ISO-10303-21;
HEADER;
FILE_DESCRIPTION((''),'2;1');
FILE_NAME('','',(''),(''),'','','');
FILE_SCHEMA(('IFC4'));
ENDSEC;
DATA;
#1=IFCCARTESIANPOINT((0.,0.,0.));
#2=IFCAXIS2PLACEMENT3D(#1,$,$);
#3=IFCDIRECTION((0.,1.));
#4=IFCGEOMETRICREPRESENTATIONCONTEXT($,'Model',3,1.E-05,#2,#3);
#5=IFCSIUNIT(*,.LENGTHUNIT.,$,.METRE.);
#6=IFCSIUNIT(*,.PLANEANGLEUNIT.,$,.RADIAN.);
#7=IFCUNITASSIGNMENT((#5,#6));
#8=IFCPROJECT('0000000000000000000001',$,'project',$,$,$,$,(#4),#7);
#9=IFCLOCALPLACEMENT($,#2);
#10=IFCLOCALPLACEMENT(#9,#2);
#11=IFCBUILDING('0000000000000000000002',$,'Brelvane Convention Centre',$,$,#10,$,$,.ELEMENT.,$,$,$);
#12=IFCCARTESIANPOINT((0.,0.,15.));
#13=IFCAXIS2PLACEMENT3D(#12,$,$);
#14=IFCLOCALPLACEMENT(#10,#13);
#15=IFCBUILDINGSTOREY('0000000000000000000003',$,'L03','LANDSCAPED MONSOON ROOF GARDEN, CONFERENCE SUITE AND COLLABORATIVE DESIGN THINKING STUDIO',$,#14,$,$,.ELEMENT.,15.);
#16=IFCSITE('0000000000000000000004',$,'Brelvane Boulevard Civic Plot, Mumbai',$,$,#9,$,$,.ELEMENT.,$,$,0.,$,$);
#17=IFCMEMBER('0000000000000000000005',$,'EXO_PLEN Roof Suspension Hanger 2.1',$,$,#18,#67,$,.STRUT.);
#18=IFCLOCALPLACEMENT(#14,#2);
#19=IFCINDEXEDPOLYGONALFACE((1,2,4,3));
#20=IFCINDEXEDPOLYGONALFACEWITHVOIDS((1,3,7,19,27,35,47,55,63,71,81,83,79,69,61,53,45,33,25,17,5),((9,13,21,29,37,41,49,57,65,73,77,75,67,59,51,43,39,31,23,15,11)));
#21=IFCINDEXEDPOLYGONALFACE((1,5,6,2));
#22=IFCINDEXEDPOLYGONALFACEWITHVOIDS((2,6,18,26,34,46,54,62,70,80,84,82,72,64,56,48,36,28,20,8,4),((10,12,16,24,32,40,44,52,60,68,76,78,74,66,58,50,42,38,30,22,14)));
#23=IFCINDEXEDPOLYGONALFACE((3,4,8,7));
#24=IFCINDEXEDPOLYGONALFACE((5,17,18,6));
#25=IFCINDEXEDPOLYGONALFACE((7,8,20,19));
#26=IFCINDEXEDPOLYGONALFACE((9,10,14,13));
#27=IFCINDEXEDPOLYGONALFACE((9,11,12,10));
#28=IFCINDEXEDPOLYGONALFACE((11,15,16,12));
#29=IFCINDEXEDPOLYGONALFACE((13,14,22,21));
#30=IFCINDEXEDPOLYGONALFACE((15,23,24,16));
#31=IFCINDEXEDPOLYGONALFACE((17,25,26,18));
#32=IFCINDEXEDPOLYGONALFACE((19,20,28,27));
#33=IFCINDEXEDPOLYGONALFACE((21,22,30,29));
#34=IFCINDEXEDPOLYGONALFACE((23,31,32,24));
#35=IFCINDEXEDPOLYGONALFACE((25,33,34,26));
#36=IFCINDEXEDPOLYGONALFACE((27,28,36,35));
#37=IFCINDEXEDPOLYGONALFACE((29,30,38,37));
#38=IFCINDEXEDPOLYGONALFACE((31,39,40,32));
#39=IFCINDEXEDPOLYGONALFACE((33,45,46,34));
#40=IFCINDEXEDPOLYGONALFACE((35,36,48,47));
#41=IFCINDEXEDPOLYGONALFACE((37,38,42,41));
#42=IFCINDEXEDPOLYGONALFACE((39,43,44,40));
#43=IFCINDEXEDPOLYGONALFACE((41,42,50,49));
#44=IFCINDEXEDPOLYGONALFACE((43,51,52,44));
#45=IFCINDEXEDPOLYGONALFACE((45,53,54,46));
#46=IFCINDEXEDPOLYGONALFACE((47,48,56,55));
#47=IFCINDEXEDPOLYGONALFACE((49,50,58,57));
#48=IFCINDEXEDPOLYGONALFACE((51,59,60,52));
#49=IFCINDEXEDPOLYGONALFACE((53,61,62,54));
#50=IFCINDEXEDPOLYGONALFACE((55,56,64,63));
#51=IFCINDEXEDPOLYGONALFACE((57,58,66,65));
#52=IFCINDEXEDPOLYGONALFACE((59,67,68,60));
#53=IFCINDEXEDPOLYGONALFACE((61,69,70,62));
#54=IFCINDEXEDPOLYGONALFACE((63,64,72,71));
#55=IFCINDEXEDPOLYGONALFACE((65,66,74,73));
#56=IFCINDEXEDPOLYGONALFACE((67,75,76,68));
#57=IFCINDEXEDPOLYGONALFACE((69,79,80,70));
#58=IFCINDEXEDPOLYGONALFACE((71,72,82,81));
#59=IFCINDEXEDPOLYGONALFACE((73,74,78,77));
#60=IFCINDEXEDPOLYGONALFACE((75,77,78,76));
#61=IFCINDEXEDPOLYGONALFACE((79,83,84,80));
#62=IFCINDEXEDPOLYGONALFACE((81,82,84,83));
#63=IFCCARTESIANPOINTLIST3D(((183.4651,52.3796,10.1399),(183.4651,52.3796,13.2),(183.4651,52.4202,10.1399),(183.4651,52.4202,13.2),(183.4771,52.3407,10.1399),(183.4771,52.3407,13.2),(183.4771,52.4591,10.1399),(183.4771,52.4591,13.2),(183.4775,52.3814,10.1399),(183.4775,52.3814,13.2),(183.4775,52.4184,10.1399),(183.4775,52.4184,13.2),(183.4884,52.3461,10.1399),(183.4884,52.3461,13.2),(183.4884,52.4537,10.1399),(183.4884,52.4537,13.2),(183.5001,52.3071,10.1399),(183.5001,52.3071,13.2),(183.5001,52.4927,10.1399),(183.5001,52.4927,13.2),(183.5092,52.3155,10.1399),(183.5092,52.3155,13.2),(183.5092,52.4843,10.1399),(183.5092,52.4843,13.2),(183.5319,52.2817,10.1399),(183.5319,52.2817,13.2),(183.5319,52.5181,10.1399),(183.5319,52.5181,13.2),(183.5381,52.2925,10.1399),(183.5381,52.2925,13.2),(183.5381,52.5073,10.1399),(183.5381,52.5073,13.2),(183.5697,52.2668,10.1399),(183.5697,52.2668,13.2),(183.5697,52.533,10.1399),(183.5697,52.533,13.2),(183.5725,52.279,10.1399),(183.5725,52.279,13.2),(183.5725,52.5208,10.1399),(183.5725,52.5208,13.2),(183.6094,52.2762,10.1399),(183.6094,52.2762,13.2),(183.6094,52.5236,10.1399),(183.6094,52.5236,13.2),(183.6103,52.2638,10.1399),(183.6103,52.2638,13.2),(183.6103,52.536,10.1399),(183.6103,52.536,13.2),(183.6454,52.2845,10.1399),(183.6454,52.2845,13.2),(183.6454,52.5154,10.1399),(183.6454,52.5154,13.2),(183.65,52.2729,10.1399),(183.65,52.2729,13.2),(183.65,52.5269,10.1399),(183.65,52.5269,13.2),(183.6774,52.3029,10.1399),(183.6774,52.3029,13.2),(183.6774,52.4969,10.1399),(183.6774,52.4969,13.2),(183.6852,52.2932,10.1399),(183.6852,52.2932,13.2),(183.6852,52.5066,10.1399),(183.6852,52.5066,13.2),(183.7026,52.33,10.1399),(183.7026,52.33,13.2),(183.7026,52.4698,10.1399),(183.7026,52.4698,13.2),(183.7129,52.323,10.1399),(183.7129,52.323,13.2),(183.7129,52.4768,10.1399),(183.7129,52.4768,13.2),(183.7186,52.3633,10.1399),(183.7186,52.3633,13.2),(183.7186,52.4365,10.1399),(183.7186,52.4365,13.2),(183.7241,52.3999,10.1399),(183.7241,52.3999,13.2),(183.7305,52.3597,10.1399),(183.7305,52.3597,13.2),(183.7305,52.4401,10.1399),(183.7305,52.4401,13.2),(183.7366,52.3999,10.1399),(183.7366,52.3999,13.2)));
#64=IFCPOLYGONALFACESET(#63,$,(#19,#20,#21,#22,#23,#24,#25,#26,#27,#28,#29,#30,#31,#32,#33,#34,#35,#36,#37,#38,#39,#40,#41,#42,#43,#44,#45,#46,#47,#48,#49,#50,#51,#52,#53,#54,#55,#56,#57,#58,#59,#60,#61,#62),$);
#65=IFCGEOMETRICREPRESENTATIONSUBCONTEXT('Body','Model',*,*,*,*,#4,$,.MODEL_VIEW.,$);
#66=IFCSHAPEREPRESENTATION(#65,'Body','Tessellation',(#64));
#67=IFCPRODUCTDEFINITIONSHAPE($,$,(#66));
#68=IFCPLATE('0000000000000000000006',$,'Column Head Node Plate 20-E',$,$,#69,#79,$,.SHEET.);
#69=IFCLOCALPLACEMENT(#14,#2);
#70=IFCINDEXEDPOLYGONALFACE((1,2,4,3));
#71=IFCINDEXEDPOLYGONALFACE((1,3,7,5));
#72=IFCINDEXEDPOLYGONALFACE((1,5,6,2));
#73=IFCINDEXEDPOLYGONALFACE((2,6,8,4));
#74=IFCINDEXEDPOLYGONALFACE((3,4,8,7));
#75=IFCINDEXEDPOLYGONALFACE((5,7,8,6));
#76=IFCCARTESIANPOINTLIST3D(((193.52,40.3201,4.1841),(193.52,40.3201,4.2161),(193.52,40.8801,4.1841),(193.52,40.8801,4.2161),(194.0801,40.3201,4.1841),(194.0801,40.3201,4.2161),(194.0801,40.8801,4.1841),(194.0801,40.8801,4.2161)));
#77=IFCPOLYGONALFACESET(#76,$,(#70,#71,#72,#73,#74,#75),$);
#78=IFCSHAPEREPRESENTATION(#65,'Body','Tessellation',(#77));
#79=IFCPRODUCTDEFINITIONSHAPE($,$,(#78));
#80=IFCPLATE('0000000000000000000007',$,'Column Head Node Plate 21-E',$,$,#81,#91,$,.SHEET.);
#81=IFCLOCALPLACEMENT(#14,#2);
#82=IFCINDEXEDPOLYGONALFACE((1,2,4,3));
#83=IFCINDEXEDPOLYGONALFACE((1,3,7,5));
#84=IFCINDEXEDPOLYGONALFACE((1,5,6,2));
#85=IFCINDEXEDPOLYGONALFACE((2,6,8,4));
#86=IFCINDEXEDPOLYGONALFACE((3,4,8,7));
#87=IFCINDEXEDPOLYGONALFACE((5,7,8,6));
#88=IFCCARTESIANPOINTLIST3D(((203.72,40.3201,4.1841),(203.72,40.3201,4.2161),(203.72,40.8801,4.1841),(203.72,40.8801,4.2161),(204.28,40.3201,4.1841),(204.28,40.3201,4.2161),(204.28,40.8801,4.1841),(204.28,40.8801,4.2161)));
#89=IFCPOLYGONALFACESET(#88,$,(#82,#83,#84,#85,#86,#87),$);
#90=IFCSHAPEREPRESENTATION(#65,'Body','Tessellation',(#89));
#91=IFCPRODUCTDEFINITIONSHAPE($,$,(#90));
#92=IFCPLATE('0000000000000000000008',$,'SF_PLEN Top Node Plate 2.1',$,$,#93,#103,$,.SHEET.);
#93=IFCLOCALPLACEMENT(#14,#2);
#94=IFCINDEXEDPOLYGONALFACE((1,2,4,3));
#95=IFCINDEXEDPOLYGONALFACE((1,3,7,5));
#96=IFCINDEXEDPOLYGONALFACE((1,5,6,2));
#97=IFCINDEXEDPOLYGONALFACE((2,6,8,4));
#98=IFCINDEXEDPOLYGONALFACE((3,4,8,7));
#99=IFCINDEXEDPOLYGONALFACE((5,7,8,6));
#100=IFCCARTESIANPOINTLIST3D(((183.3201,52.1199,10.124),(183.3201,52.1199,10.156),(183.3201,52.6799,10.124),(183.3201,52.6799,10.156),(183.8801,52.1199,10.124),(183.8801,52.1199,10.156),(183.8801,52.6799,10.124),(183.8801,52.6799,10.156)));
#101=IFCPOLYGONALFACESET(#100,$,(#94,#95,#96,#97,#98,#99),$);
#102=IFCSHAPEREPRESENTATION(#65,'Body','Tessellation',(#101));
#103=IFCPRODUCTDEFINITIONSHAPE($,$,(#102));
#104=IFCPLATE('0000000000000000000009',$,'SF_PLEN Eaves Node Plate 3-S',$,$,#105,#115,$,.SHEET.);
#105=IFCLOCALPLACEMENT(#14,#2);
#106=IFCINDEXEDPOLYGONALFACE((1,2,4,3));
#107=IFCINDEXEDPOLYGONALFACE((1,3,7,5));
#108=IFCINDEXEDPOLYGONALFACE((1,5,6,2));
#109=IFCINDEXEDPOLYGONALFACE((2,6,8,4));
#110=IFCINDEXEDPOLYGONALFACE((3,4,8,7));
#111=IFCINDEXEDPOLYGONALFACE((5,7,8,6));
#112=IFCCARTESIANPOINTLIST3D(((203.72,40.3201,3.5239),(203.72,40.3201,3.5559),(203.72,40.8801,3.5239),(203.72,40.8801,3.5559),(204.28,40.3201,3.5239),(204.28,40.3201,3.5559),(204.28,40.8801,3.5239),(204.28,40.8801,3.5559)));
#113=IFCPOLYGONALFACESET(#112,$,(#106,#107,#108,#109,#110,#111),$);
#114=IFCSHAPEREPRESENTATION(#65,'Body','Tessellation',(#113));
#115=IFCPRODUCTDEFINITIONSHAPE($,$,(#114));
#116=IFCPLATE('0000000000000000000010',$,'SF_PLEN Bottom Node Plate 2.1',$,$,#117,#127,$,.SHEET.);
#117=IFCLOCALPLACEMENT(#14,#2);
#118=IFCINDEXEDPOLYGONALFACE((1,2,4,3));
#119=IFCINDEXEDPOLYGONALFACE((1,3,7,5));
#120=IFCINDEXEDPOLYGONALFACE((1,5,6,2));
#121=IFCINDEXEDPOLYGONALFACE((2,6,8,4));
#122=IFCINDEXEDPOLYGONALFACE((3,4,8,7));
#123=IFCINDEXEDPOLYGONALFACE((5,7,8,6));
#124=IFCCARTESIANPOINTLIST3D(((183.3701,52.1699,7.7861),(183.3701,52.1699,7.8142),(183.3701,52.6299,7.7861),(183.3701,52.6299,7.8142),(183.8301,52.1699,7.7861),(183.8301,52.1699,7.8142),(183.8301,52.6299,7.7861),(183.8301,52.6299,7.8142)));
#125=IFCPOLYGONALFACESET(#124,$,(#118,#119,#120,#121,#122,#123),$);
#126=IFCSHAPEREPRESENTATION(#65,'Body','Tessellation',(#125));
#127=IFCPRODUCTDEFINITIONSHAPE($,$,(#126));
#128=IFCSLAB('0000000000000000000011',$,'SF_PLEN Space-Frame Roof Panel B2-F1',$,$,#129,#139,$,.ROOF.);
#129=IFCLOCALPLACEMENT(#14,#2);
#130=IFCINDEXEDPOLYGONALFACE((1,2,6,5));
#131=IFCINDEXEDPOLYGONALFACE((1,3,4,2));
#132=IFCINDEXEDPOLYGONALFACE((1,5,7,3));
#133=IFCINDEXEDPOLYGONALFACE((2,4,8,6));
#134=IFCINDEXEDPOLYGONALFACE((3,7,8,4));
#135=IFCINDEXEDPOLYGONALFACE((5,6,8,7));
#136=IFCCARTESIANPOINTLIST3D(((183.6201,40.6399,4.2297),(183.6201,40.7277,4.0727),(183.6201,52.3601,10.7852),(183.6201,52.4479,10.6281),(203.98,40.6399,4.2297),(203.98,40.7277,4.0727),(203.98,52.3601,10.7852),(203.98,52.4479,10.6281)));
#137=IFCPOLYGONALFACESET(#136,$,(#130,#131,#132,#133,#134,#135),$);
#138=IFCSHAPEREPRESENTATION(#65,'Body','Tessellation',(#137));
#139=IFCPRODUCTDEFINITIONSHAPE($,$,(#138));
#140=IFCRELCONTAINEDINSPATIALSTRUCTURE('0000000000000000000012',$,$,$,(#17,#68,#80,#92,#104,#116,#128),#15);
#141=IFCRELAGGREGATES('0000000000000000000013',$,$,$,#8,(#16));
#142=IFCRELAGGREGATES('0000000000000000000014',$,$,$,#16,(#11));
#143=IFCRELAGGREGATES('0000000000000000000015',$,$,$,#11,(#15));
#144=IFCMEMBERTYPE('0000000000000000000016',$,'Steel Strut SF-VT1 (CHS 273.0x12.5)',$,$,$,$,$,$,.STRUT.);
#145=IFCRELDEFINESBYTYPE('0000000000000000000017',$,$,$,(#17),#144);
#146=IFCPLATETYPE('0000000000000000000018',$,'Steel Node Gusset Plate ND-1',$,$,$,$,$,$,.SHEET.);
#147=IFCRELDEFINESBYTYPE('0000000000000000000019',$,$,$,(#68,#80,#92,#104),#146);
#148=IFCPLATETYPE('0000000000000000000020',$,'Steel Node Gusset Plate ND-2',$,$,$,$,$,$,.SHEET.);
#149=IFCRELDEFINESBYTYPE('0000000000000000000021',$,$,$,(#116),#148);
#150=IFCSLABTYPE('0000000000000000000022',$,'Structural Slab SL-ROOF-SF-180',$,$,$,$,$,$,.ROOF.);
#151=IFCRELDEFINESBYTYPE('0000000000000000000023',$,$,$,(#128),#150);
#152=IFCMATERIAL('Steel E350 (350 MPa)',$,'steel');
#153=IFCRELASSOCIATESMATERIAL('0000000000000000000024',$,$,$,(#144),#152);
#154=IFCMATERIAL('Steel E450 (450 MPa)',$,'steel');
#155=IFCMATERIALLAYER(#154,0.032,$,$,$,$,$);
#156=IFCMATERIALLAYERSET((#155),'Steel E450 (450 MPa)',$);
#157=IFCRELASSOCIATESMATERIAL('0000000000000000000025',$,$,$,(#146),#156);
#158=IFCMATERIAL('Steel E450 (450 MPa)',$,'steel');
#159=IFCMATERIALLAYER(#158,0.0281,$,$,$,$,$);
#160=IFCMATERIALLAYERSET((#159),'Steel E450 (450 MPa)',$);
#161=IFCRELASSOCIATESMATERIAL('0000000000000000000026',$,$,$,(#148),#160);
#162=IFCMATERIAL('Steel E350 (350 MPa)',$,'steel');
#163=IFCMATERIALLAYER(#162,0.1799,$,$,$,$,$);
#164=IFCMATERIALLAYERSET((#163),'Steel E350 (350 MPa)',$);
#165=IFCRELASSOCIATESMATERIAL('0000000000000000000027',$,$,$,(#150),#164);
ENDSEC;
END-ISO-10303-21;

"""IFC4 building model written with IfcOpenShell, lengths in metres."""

from ifc_helpers import new_model, si_unit, direction, frame, origin, origin_2d, place, context, subcontext, project, spatial, polyline, rectangle, hollow_circle, outline, extrude, material, layer, layer_set, material_profile, profile_set, type_object, element, save


model = new_model("IFC4")

# Units and contexts
model_context = context("Model", 3, precision=1e-05, world=origin(), true_north=direction((0.0, 1.0)))
body_context = subcontext(model_context, "Body", "Model", "MODEL_VIEW")
ifc_project = project(units=[si_unit("LENGTHUNIT", "METRE"), si_unit("PLANEANGLEUNIT", "RADIAN")], contexts=[model_context])

# Site, building, storey
site_placement = place(None, origin())
site = spatial("IfcSite", under=ifc_project, at=site_placement, Name="Brelvane Boulevard Civic Plot, Mumbai", CompositionType="ELEMENT", RefElevation=0.0)
building_placement = place(site_placement, origin())
building = spatial("IfcBuilding", under=site, at=building_placement, Name="Brelvane Convention Centre", CompositionType="ELEMENT")
storey_placement = place(building_placement, frame((0.0, 0.0, 15.0)))
storey = spatial("IfcBuildingStorey", under=building, at=storey_placement, Name="L03", Description="LANDSCAPED MONSOON ROOF GARDEN, CONFERENCE SUITE AND COLLABORATIVE DESIGN THINKING STUDIO", CompositionType="ELEMENT", Elevation=15.0)

# Member
ifc_material_1 = material(Name="Steel E350 (350 MPa)", Category="steel")
ifc_material_profile_1 = material_profile(ifc_material_1, hollow_circle(Radius=0.1365, WallThickness=0.0125, at=origin_2d()), Name="CHS 273.0x12.5")
ifc_profile_set_1 = profile_set([ifc_material_profile_1], Name="Steel E350 (350 MPa)")
member_type_1 = type_object("IfcMemberType", Name="Steel Strut SF-VT1 (CHS 273.0x12.5)", PredefinedType="STRUT", material=ifc_profile_set_1)
member_1_placement = place(storey_placement, frame((183.6001, 52.3999, 10.1399), z_axis=(0.0, 0.0, 1.0), x_axis=(1.0, 0.0, 0.0)))
element("IfcMember", 1, at=member_1_placement, inside=storey, type_object=member_type_1, Name="EXO_PLEN Roof Suspension Hanger 2.1", PredefinedType="STRUT", context=body_context, shape_type="SweptSolid", body=[
    extrude(hollow_circle(Radius=0.1365, WallThickness=0.0125, at=origin_2d()), origin(), (0.0, 0.0, 1.0), 3.0601),
])

# Plates
ifc_material_2 = material(Name="Steel E450 (450 MPa)", Category="steel")
ifc_layer_1 = layer(ifc_material_2, 0.032)
ifc_layer_set_1 = layer_set([ifc_layer_1], Name="Steel E450 (450 MPa)")
plate_type_1 = type_object("IfcPlateType", Name="Steel Node Gusset Plate ND-1", PredefinedType="SHEET", material=ifc_layer_set_1)
for number, where, z_axis, x_axis, name in (
    (2, (193.8, 40.6001, 4.1841), (0.0, 0.0, 1.0), (1.0, 0.0, 0.0), "Column Head Node Plate 20-E"),
    (3, (204.0, 40.6001, 4.1841), (0.0, 0.0, 1.0), (1.0, 0.0, 0.0), "Column Head Node Plate 21-E"),
    (4, (183.6001, 52.3999, 10.124), (0.0, 0.0, 1.0), (1.0, 0.0, 0.0), "SF_PLEN Top Node Plate 2.1"),
    (5, (204.0, 40.6001, 3.5239), (0.0, 0.0, 1.0), (1.0, 0.0, 0.0), "SF_PLEN Eaves Node Plate 3-S"),
):
    element("IfcPlate", number, at=place(storey_placement, frame(where, z_axis=z_axis, x_axis=x_axis)), inside=storey, type_object=plate_type_1, Name=name, PredefinedType="SHEET", context=body_context, shape_type="SweptSolid", body=[
        extrude(rectangle(XDim=0.5601, YDim=0.5601, at=origin_2d()), origin(), (0.0, 0.0, 1.0), 0.032),
    ])
ifc_material_3 = material(Name="Steel E450 (450 MPa)", Category="steel")
ifc_layer_2 = layer(ifc_material_3, 0.0281)
ifc_layer_set_2 = layer_set([ifc_layer_2], Name="Steel E450 (450 MPa)")
plate_type_2 = type_object("IfcPlateType", Name="Steel Node Gusset Plate ND-2", PredefinedType="SHEET", material=ifc_layer_set_2)
plate_placement = place(storey_placement, frame((183.6001, 52.3999, 7.7861), z_axis=(0.0, 0.0, 1.0), x_axis=(1.0, 0.0, 0.0)))
element("IfcPlate", 6, at=plate_placement, inside=storey, type_object=plate_type_2, Name="SF_PLEN Bottom Node Plate 2.1", PredefinedType="SHEET", context=body_context, shape_type="SweptSolid", body=[
    extrude(rectangle(XDim=0.46, YDim=0.46, at=origin_2d()), origin(), (0.0, 0.0, 1.0), 0.0281),
])

# Slab
ifc_material_4 = material(Name="Steel E350 (350 MPa)", Category="steel")
ifc_layer_3 = layer(ifc_material_4, 0.1799)
ifc_layer_set_3 = layer_set([ifc_layer_3], Name="Steel E350 (350 MPa)")
slab_type = type_object("IfcSlabType", Name="Structural Slab SL-ROOF-SF-180", PredefinedType="ROOF", material=ifc_layer_set_3)
slab_placement = place(storey_placement, frame((183.6201, 40.6399, 4.2297), z_axis=(0.0, -0.488155, 0.872757), x_axis=(1.0, 0.0, 0.0)))
element("IfcSlab", 7, at=slab_placement, inside=storey, type_object=slab_type, Name="SF_PLEN Space-Frame Roof Panel B2-F1", PredefinedType="ROOF", context=body_context, shape_type="SweptSolid", body=[
    extrude(outline(polyline([(0.0, 0.0), (20.3599, 0.0), (20.3599, 13.429), (0.0, 13.429), (0.0, 0.0)])), origin(), (0.0, 0.0, -1.0), 0.1799),
])

save(model, "model.ifc")
